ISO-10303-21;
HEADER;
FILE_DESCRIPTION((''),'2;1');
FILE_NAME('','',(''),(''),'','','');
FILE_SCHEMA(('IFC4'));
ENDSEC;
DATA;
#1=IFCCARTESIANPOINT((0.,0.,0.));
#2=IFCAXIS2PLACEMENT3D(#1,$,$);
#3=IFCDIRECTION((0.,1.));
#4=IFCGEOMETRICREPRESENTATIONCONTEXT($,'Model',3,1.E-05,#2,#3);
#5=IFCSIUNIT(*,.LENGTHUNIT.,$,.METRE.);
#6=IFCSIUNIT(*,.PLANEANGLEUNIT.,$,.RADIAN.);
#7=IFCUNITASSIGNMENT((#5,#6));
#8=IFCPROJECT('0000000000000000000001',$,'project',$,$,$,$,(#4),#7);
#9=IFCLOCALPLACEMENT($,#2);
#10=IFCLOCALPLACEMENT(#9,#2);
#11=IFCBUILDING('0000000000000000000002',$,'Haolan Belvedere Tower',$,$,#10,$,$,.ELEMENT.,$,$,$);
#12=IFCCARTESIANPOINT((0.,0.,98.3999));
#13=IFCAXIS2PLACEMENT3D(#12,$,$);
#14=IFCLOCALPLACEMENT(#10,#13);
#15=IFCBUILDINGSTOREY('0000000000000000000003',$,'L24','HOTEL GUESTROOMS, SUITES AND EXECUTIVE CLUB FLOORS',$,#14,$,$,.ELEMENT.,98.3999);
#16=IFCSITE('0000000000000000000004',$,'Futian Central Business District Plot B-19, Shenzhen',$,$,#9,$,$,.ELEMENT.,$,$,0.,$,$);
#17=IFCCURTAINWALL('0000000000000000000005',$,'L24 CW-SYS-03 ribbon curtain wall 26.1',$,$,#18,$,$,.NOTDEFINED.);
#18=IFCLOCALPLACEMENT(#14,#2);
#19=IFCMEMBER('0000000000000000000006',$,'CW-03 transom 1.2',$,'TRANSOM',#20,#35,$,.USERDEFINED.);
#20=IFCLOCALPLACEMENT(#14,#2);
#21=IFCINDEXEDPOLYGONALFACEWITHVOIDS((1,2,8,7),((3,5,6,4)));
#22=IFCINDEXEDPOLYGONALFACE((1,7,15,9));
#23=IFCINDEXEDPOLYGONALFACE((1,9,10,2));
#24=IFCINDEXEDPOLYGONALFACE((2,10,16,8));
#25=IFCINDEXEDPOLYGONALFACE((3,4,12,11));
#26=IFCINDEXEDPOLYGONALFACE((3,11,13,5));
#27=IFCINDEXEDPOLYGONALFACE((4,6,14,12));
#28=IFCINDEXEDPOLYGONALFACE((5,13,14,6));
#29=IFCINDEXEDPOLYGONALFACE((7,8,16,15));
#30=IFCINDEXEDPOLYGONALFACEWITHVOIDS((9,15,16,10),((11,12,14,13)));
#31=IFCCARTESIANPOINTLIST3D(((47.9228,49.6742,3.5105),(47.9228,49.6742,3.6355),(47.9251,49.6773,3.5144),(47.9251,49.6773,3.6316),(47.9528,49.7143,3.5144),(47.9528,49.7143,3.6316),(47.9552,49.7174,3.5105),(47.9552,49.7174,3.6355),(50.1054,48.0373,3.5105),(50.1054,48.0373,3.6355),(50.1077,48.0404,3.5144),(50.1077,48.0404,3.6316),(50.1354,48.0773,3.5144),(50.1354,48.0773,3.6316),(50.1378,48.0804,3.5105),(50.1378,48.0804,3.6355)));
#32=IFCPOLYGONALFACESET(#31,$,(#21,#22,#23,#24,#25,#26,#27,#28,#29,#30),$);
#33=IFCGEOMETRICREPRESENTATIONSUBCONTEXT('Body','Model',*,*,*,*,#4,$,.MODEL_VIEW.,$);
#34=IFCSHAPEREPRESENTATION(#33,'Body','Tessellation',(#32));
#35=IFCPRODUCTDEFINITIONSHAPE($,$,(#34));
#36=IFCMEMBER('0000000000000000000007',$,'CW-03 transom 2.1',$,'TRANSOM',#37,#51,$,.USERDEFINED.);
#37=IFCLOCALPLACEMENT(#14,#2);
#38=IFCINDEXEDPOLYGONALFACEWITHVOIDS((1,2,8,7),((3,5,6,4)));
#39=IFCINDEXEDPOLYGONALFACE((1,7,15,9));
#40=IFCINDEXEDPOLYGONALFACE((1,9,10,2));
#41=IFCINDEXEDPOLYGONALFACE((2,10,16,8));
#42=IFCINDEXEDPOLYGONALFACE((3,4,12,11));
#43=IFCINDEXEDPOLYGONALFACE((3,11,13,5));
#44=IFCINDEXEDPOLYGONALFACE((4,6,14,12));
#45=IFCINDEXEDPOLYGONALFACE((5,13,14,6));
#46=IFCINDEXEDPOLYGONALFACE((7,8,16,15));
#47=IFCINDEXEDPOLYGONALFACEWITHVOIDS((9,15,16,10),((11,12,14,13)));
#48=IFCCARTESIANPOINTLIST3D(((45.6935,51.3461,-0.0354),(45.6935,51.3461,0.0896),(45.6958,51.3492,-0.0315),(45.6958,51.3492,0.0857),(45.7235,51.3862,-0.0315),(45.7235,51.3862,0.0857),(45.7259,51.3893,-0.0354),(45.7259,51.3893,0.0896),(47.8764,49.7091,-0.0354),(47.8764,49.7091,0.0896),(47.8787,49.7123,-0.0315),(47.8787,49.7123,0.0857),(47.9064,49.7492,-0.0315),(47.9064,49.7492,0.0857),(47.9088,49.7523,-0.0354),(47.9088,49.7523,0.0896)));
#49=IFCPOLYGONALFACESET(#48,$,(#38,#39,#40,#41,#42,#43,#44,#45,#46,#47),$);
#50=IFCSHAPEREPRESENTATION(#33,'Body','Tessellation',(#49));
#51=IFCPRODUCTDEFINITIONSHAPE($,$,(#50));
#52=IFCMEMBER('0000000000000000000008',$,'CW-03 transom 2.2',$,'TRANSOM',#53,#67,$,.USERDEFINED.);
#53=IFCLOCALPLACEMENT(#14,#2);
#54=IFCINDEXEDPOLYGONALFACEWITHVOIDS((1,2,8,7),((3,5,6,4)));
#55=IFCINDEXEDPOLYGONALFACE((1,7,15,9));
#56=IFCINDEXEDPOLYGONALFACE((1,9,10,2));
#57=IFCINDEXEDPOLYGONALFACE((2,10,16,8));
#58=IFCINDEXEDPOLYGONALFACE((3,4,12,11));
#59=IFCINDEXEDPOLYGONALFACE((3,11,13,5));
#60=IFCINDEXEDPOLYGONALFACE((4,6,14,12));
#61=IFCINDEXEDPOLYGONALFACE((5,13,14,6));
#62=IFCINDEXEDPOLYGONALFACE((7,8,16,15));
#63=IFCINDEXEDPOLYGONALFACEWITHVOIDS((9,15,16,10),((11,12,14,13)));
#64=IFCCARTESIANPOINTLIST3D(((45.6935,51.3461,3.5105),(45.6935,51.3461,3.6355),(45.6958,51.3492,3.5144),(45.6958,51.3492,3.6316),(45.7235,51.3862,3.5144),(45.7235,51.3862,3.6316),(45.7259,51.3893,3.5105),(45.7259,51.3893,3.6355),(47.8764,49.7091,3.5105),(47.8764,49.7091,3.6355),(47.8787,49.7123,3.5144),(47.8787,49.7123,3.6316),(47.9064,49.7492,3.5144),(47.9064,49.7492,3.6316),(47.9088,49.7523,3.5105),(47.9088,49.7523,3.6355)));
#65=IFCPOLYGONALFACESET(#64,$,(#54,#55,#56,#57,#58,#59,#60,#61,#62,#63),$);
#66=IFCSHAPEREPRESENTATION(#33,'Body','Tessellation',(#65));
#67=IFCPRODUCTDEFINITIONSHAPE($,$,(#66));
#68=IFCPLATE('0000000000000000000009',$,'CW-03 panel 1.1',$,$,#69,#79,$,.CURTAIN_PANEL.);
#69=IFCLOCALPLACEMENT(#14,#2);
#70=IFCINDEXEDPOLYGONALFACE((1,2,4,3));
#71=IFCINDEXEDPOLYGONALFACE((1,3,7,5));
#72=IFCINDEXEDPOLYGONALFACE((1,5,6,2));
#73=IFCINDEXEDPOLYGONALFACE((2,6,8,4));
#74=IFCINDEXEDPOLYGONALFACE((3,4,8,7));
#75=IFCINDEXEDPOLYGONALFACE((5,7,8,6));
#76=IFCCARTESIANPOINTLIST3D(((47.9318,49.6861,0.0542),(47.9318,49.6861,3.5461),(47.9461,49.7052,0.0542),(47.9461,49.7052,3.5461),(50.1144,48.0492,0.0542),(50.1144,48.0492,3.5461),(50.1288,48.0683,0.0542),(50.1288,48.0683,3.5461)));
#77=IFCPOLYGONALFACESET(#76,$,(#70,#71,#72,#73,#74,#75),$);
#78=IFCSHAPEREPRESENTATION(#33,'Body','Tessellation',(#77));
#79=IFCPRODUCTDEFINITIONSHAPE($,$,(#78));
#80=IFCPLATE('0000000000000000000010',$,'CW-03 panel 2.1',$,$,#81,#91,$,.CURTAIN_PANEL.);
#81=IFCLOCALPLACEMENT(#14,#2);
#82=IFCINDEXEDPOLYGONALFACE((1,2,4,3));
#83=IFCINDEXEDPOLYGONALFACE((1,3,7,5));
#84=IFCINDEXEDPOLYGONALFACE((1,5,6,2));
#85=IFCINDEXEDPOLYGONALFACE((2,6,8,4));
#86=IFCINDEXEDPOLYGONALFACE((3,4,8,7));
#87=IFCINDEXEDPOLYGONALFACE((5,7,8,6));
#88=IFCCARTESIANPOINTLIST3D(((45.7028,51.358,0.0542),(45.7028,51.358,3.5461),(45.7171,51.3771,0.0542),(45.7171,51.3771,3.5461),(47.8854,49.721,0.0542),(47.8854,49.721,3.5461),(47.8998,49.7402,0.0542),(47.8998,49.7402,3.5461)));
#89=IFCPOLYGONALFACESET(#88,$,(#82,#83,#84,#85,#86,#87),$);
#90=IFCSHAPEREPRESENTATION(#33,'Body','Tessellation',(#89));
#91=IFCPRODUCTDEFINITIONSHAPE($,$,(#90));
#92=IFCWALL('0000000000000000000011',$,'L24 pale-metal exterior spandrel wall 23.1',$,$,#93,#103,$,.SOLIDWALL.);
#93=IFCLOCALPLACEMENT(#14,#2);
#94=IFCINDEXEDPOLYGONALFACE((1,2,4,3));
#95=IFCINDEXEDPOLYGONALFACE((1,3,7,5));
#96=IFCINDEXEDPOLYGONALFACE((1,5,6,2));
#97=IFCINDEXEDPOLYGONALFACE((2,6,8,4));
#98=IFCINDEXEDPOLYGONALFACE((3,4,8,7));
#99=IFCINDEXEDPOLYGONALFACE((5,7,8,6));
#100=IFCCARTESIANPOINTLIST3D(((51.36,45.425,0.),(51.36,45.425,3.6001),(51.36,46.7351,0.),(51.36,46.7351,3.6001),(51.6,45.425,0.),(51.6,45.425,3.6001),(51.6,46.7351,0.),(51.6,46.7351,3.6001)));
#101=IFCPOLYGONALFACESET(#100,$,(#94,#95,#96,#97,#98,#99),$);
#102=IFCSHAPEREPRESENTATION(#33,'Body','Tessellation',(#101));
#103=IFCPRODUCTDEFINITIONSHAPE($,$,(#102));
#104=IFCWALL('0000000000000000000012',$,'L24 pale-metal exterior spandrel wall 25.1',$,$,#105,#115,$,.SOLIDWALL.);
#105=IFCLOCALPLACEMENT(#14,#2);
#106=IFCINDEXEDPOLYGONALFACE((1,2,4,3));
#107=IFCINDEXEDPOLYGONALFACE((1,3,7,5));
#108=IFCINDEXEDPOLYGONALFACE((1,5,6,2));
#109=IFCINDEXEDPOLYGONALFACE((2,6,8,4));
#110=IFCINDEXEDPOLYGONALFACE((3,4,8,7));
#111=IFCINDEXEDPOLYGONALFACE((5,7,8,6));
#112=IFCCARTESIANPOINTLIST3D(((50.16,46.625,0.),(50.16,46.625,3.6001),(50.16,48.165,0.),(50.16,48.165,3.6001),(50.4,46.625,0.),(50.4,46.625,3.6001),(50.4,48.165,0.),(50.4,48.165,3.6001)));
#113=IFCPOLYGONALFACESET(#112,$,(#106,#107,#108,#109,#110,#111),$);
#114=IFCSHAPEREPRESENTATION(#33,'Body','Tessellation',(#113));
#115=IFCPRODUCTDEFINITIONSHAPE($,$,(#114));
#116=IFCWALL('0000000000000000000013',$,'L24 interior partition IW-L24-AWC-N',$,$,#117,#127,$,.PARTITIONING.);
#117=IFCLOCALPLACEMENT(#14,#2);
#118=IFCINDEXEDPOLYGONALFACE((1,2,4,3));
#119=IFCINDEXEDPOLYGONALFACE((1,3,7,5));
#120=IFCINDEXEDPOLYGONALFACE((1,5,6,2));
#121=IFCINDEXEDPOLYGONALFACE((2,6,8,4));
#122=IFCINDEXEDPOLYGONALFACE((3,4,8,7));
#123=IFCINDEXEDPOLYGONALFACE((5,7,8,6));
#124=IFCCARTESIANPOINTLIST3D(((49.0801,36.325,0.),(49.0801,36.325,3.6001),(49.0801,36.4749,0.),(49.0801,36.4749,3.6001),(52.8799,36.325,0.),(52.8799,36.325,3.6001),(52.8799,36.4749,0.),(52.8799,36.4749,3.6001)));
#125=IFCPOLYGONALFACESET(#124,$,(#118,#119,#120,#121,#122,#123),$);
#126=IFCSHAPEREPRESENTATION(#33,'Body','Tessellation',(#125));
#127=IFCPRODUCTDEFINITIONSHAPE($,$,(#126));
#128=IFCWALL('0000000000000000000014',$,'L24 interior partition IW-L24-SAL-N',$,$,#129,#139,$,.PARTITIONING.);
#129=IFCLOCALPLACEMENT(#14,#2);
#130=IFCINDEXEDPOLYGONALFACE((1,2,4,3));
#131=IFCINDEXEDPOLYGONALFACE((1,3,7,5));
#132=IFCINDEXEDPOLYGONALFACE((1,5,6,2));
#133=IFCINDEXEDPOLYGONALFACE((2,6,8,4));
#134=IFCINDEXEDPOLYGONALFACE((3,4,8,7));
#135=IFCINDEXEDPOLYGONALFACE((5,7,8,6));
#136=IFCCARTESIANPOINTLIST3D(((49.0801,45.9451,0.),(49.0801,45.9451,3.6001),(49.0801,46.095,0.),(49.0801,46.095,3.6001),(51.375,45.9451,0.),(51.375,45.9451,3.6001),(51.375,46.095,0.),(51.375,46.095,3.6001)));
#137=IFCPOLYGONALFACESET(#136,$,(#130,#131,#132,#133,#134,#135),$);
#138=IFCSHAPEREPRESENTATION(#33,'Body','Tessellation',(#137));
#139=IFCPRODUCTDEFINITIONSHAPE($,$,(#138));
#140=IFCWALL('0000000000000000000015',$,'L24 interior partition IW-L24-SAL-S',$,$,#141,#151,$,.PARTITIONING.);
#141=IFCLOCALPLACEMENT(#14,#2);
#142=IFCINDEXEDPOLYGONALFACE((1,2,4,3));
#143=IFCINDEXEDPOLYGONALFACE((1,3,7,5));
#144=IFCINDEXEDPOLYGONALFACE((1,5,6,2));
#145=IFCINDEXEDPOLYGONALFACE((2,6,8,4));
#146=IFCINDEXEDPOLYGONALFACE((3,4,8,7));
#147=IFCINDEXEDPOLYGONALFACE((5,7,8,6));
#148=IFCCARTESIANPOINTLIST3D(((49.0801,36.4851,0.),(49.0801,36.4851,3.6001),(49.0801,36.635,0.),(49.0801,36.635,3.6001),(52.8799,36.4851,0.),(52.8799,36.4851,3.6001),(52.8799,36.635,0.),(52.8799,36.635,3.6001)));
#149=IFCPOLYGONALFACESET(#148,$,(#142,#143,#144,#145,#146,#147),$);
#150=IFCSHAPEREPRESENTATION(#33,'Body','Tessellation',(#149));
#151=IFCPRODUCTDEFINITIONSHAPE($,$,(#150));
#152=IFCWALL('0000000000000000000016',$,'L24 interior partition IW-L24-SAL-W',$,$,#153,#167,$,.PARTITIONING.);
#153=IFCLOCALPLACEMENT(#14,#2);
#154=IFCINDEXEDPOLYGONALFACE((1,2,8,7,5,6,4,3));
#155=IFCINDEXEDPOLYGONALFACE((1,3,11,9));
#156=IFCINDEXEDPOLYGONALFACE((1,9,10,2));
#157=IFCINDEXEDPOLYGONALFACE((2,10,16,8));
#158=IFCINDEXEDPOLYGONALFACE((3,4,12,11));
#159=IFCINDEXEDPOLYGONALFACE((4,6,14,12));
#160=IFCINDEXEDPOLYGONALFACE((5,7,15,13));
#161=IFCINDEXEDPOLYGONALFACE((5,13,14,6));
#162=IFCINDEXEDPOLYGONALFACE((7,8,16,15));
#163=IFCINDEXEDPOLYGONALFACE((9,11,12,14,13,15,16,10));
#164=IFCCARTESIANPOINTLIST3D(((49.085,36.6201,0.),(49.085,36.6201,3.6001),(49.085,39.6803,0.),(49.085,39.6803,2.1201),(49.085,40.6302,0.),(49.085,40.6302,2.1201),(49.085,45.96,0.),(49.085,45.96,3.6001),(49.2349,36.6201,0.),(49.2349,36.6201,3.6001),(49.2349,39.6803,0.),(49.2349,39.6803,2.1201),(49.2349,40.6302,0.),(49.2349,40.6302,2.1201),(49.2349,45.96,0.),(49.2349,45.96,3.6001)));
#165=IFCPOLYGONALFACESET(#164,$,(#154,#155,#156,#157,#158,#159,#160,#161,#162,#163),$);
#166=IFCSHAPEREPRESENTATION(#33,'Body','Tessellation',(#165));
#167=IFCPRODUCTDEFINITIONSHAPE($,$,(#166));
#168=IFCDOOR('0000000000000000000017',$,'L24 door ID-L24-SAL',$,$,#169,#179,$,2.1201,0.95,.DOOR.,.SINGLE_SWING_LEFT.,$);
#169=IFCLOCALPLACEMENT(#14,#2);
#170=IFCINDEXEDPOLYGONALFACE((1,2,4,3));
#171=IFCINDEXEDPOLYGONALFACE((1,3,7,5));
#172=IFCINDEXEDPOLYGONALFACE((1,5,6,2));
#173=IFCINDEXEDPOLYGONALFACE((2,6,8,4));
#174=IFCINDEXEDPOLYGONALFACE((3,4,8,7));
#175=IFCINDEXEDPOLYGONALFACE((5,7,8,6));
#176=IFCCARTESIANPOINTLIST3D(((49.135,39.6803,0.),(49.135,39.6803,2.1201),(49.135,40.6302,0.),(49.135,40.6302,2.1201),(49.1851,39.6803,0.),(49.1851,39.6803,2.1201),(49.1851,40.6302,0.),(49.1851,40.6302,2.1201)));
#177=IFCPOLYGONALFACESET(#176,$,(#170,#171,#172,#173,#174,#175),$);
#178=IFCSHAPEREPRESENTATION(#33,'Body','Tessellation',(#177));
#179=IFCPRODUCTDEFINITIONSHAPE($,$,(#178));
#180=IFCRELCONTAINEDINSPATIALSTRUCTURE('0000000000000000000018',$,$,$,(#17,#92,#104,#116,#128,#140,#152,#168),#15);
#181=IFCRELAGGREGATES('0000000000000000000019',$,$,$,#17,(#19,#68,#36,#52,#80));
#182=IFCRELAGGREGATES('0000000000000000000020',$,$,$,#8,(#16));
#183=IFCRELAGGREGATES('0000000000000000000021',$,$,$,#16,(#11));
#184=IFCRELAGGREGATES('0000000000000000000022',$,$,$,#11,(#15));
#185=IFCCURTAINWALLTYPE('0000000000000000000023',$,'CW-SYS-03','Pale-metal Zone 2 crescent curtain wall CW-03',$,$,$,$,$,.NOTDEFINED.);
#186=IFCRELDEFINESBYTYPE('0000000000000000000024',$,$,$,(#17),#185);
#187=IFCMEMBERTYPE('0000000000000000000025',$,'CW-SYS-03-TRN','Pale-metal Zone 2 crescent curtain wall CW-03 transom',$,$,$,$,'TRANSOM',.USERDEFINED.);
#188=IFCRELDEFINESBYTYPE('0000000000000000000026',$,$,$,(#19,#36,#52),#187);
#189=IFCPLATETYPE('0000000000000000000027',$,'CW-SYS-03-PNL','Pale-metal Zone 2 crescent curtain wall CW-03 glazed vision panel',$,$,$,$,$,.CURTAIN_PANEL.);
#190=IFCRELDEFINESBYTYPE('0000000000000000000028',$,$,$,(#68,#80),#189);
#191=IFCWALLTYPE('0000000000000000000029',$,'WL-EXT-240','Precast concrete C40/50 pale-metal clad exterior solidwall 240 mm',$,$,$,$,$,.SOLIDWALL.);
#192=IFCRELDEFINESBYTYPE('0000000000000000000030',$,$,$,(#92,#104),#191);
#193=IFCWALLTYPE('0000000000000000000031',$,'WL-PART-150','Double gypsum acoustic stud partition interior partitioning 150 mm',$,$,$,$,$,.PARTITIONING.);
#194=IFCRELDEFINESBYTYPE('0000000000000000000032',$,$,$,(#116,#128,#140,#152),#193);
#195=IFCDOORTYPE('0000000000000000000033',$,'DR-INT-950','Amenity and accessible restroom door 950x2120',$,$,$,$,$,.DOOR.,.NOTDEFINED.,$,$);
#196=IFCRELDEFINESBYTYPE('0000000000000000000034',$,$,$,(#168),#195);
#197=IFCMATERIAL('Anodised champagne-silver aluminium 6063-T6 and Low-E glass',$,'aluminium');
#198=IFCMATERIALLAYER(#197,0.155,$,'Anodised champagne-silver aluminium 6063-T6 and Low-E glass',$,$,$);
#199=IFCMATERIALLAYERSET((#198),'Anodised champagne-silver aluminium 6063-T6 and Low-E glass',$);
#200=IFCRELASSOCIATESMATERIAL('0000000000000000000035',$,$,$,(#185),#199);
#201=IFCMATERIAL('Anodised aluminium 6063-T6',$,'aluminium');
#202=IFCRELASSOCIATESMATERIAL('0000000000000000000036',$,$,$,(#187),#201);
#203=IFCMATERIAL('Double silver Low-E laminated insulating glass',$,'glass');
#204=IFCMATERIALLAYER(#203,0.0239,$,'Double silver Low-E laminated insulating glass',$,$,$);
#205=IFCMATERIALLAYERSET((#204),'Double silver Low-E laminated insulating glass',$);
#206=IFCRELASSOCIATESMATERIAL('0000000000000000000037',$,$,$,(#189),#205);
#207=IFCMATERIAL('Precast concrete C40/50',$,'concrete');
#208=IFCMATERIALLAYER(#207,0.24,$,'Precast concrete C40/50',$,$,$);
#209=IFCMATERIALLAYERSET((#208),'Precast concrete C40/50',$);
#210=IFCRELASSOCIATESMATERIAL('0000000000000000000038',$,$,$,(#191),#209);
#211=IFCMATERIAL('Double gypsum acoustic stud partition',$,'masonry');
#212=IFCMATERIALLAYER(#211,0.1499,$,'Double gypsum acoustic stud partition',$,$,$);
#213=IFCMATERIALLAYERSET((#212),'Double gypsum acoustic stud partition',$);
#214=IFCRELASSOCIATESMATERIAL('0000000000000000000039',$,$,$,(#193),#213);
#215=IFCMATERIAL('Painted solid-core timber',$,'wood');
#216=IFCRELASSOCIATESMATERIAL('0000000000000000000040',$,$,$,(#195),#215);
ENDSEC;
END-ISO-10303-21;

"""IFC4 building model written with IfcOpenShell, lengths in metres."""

from ifc_helpers import new_model, si_unit, direction, frame, frame_2d, origin, origin_2d, place, context, subcontext, project, spatial, rectangle, hollow_rectangle, extrude, material, layer, layer_set, material_profile, profile_set, type_object, element, fill, aggregate, save


model = new_model("IFC4")

# Units and contexts
model_context = context("Model", 3, precision=1e-05, world=origin(), true_north=direction((0.0, 1.0)))
body_context = subcontext(model_context, "Body", "Model", "MODEL_VIEW")
ifc_project = project(units=[si_unit("LENGTHUNIT", "METRE"), si_unit("PLANEANGLEUNIT", "RADIAN")], contexts=[model_context])

# Site, building, storey
site_placement = place(None, origin())
site = spatial("IfcSite", under=ifc_project, at=site_placement, Name="Futian Central Business District Plot B-19, Shenzhen", CompositionType="ELEMENT", RefElevation=0.0)
building_placement = place(site_placement, origin())
building = spatial("IfcBuilding", under=site, at=building_placement, Name="Haolan Belvedere Tower", CompositionType="ELEMENT")
storey_placement = place(building_placement, frame((0.0, 0.0, 98.3999)))
storey = spatial("IfcBuildingStorey", under=building, at=storey_placement, Name="L24", Description="HOTEL GUESTROOMS, SUITES AND EXECUTIVE CLUB FLOORS", CompositionType="ELEMENT", Elevation=98.3999)

# Curtain wall, members, plates
ifc_material_1 = material(Name="Anodised champagne-silver aluminium 6063-T6 and Low-E glass", Category="aluminium")
ifc_layer_1 = layer(ifc_material_1, 0.155, Name="Anodised champagne-silver aluminium 6063-T6 and Low-E glass")
ifc_layer_set_1 = layer_set([ifc_layer_1], Name="Anodised champagne-silver aluminium 6063-T6 and Low-E glass")
curtain_wall_type = type_object("IfcCurtainWallType", Name="CW-SYS-03", Description="Pale-metal Zone 2 crescent curtain wall CW-03", PredefinedType="NOTDEFINED", material=ifc_layer_set_1)
curtain_wall_placement = place(storey_placement, origin())
curtain_wall = element("IfcCurtainWall", 1, at=curtain_wall_placement, inside=storey, type_object=curtain_wall_type, Name="L24 CW-SYS-03 ribbon curtain wall 26.1", PredefinedType="NOTDEFINED")
ifc_material_2 = material(Name="Anodised aluminium 6063-T6", Category="aluminium")
ifc_material_profile_1 = material_profile(ifc_material_2, hollow_rectangle(XDim=0.054, YDim=0.125, WallThickness=0.0039, at=origin_2d()), Name="Anodised aluminium 6063-T6")
ifc_profile_set_1 = profile_set([ifc_material_profile_1], Name="Anodised aluminium 6063-T6")
member_type_1 = type_object("IfcMemberType", Name="CW-SYS-03-TRN", Description="Pale-metal Zone 2 crescent curtain wall CW-03 transom", ElementType="TRANSOM", PredefinedType="USERDEFINED", material=ifc_profile_set_1)
member_1_placement = place(storey_placement, frame((50.1216, 48.0588, 3.573), z_axis=(-0.8, 0.6, 0.0), x_axis=(-0.6, -0.8, 0.0)))
member_1 = element("IfcMember", 2, at=member_1_placement, type_object=member_type_1, Name="CW-03 transom 1.2", ObjectType="TRANSOM", PredefinedType="USERDEFINED", context=body_context, shape_type="SweptSolid", body=[
    extrude(hollow_rectangle(XDim=0.054, YDim=0.125, WallThickness=0.0039, at=origin_2d()), origin(), (0.0, 0.0, 1.0), 2.7283),
])
member_2_placement = place(storey_placement, frame((47.8926, 49.7307, 0.0271), z_axis=(-0.800032, 0.599957, 0.0), x_axis=(-0.599957, -0.800032, 0.0)))
member_2 = element("IfcMember", 3, at=member_2_placement, type_object=member_type_1, Name="CW-03 transom 2.1", ObjectType="TRANSOM", PredefinedType="USERDEFINED", context=body_context, shape_type="SweptSolid", body=[
    extrude(hollow_rectangle(XDim=0.054, YDim=0.125, WallThickness=0.0039, at=origin_2d()), origin(), (0.0, 0.0, 1.0), 2.7285),
])
member_3_placement = place(storey_placement, frame((47.8926, 49.7307, 3.573), z_axis=(-0.800032, 0.599957, 0.0), x_axis=(-0.599957, -0.800032, 0.0)))
member_3 = element("IfcMember", 4, at=member_3_placement, type_object=member_type_1, Name="CW-03 transom 2.2", ObjectType="TRANSOM", PredefinedType="USERDEFINED", context=body_context, shape_type="SweptSolid", body=[
    extrude(hollow_rectangle(XDim=0.054, YDim=0.125, WallThickness=0.0039, at=origin_2d()), origin(), (0.0, 0.0, 1.0), 2.7285),
])
ifc_material_3 = material(Name="Double silver Low-E laminated insulating glass", Category="glass")
ifc_layer_2 = layer(ifc_material_3, 0.0239, Name="Double silver Low-E laminated insulating glass")
ifc_layer_set_2 = layer_set([ifc_layer_2], Name="Double silver Low-E laminated insulating glass")
plate_type = type_object("IfcPlateType", Name="CW-SYS-03-PNL", Description="Pale-metal Zone 2 crescent curtain wall CW-03 glazed vision panel", PredefinedType="CURTAIN_PANEL", material=ifc_layer_set_2)
plate_1_placement = place(storey_placement, frame((49.0303, 48.8772, 0.0542), z_axis=(0.0, 0.0, 1.0), x_axis=(-0.800004, 0.599994, 0.0)))
plate_1 = element("IfcPlate", 5, at=plate_1_placement, type_object=plate_type, Name="CW-03 panel 1.1", PredefinedType="CURTAIN_PANEL", context=body_context, shape_type="SweptSolid", body=[
    extrude(rectangle(XDim=2.7283, YDim=0.0239, at=origin_2d()), origin(), (0.0, 0.0, 1.0), 3.4919),
])
plate_2_placement = place(storey_placement, frame((46.8013, 50.5491, 0.0542), z_axis=(0.0, 0.0, 1.0), x_axis=(-0.800004, 0.599994, 0.0)))
plate_2 = element("IfcPlate", 6, at=plate_2_placement, type_object=plate_type, Name="CW-03 panel 2.1", PredefinedType="CURTAIN_PANEL", context=body_context, shape_type="SweptSolid", body=[
    extrude(rectangle(XDim=2.7283, YDim=0.0239, at=origin_2d()), origin(), (0.0, 0.0, 1.0), 3.4919),
])
aggregate(curtain_wall, [member_1, plate_1, member_2, member_3, plate_2])

# Walls
ifc_material_4 = material(Name="Precast concrete C40/50", Category="concrete")
ifc_layer_3 = layer(ifc_material_4, 0.24, Name="Precast concrete C40/50")
ifc_layer_set_3 = layer_set([ifc_layer_3], Name="Precast concrete C40/50")
wall_type_1 = type_object("IfcWallType", Name="WL-EXT-240", Description="Precast concrete C40/50 pale-metal clad exterior solidwall 240 mm", PredefinedType="SOLIDWALL", material=ifc_layer_set_3)
wall_1_placement = place(storey_placement, frame((51.48, 45.425, 0.0), z_axis=(0.0, 0.0, 1.0), x_axis=(0.0, 1.0, 0.0)))
element("IfcWall", 7, at=wall_1_placement, inside=storey, type_object=wall_type_1, Name="L24 pale-metal exterior spandrel wall 23.1", PredefinedType="SOLIDWALL", context=body_context, shape_type="SweptSolid", body=[
    extrude(rectangle(XDim=1.3101, YDim=0.24, at=frame_2d((0.655, 0.0))), origin(), (0.0, 0.0, 1.0), 3.6001),
])
wall_2_placement = place(storey_placement, frame((50.28, 46.625, 0.0), z_axis=(0.0, 0.0, 1.0), x_axis=(0.0, 1.0, 0.0)))
element("IfcWall", 8, at=wall_2_placement, inside=storey, type_object=wall_type_1, Name="L24 pale-metal exterior spandrel wall 25.1", PredefinedType="SOLIDWALL", context=body_context, shape_type="SweptSolid", body=[
    extrude(rectangle(XDim=1.54, YDim=0.24, at=frame_2d((0.77, 0.0))), origin(), (0.0, 0.0, 1.0), 3.6001),
])
ifc_material_5 = material(Name="Double gypsum acoustic stud partition", Category="masonry")
ifc_layer_4 = layer(ifc_material_5, 0.1499, Name="Double gypsum acoustic stud partition")
ifc_layer_set_4 = layer_set([ifc_layer_4], Name="Double gypsum acoustic stud partition")
wall_type_2 = type_object("IfcWallType", Name="WL-PART-150", Description="Double gypsum acoustic stud partition interior partitioning 150 mm", PredefinedType="PARTITIONING", material=ifc_layer_set_4)
wall_3_placement = place(storey_placement, frame((49.0801, 36.3999, 0.0), z_axis=(0.0, 0.0, 1.0), x_axis=(1.0, 0.0, 0.0)))
element("IfcWall", 9, at=wall_3_placement, inside=storey, type_object=wall_type_2, Name="L24 interior partition IW-L24-AWC-N", PredefinedType="PARTITIONING", context=body_context, shape_type="SweptSolid", body=[
    extrude(rectangle(XDim=3.7998, YDim=0.1499, at=frame_2d((1.8999, 0.0))), origin(), (0.0, 0.0, 1.0), 3.6001),
])
wall_4_placement = place(storey_placement, frame((49.0801, 46.02, 0.0), z_axis=(0.0, 0.0, 1.0), x_axis=(1.0, 0.0, 0.0)))
element("IfcWall", 10, at=wall_4_placement, inside=storey, type_object=wall_type_2, Name="L24 interior partition IW-L24-SAL-N", PredefinedType="PARTITIONING", context=body_context, shape_type="SweptSolid", body=[
    extrude(rectangle(XDim=2.2949, YDim=0.1499, at=frame_2d((1.1475, 0.0))), origin(), (0.0, 0.0, 1.0), 3.6001),
])
wall_5_placement = place(storey_placement, frame((49.0801, 36.5601, 0.0), z_axis=(0.0, 0.0, 1.0), x_axis=(1.0, 0.0, 0.0)))
element("IfcWall", 11, at=wall_5_placement, inside=storey, type_object=wall_type_2, Name="L24 interior partition IW-L24-SAL-S", PredefinedType="PARTITIONING", context=body_context, shape_type="SweptSolid", body=[
    extrude(rectangle(XDim=3.7998, YDim=0.1499, at=frame_2d((1.8999, 0.0))), origin(), (0.0, 0.0, 1.0), 3.6001),
])

# Wall, opening, door
wall_6_placement = place(storey_placement, frame((49.1599, 36.6201, 0.0), z_axis=(0.0, 0.0, 1.0), x_axis=(0.0, 1.0, 0.0)))
wall_6 = element("IfcWall", 12, at=wall_6_placement, inside=storey, type_object=wall_type_2, Name="L24 interior partition IW-L24-SAL-W", PredefinedType="PARTITIONING", context=body_context, shape_type="SweptSolid", body=[
    extrude(rectangle(XDim=9.3398, YDim=0.1499, at=frame_2d((4.6699, 0.0))), origin(), (0.0, 0.0, 1.0), 3.6001),
])
opening_placement = place(wall_6_placement, frame((3.0601, 0.0, 0.0)))
opening = element("IfcOpeningElement", 13, at=opening_placement, cuts=wall_6, PredefinedType="OPENING", context=body_context, shape_type="SweptSolid", body=[
    extrude(rectangle(XDim=0.95, YDim=2.1201, at=frame_2d((0.4751, 1.0601))), frame((0.0, 0.085, 0.0), z_axis=(0.0, -1.0, 0.0), x_axis=(1.0, 0.0, 0.0)), (0.0, 0.0, 1.0), 0.1699),
])
ifc_material_6 = material(Name="Painted solid-core timber", Category="wood")
door_type = type_object("IfcDoorType", Name="DR-INT-950", Description="Amenity and accessible restroom door 950x2120", OperationType="NOTDEFINED", PredefinedType="DOOR", material=ifc_material_6)
door_placement = place(opening_placement, origin())
door = element("IfcDoor", 14, at=door_placement, inside=storey, type_object=door_type, Name="L24 door ID-L24-SAL", OperationType="SINGLE_SWING_LEFT", OverallHeight=2.1201, OverallWidth=0.95, PredefinedType="DOOR", context=body_context, shape_type="SweptSolid", body=[
    extrude(rectangle(XDim=0.95, YDim=2.1201, at=frame_2d((0.4751, 1.0601))), frame((0.0, 0.0249, 0.0), z_axis=(0.0, -1.0, 0.0), x_axis=(1.0, 0.0, 0.0)), (0.0, 0.0, 1.0), 0.05),
])
fill(opening, door)

save(model, "model.ifc")
